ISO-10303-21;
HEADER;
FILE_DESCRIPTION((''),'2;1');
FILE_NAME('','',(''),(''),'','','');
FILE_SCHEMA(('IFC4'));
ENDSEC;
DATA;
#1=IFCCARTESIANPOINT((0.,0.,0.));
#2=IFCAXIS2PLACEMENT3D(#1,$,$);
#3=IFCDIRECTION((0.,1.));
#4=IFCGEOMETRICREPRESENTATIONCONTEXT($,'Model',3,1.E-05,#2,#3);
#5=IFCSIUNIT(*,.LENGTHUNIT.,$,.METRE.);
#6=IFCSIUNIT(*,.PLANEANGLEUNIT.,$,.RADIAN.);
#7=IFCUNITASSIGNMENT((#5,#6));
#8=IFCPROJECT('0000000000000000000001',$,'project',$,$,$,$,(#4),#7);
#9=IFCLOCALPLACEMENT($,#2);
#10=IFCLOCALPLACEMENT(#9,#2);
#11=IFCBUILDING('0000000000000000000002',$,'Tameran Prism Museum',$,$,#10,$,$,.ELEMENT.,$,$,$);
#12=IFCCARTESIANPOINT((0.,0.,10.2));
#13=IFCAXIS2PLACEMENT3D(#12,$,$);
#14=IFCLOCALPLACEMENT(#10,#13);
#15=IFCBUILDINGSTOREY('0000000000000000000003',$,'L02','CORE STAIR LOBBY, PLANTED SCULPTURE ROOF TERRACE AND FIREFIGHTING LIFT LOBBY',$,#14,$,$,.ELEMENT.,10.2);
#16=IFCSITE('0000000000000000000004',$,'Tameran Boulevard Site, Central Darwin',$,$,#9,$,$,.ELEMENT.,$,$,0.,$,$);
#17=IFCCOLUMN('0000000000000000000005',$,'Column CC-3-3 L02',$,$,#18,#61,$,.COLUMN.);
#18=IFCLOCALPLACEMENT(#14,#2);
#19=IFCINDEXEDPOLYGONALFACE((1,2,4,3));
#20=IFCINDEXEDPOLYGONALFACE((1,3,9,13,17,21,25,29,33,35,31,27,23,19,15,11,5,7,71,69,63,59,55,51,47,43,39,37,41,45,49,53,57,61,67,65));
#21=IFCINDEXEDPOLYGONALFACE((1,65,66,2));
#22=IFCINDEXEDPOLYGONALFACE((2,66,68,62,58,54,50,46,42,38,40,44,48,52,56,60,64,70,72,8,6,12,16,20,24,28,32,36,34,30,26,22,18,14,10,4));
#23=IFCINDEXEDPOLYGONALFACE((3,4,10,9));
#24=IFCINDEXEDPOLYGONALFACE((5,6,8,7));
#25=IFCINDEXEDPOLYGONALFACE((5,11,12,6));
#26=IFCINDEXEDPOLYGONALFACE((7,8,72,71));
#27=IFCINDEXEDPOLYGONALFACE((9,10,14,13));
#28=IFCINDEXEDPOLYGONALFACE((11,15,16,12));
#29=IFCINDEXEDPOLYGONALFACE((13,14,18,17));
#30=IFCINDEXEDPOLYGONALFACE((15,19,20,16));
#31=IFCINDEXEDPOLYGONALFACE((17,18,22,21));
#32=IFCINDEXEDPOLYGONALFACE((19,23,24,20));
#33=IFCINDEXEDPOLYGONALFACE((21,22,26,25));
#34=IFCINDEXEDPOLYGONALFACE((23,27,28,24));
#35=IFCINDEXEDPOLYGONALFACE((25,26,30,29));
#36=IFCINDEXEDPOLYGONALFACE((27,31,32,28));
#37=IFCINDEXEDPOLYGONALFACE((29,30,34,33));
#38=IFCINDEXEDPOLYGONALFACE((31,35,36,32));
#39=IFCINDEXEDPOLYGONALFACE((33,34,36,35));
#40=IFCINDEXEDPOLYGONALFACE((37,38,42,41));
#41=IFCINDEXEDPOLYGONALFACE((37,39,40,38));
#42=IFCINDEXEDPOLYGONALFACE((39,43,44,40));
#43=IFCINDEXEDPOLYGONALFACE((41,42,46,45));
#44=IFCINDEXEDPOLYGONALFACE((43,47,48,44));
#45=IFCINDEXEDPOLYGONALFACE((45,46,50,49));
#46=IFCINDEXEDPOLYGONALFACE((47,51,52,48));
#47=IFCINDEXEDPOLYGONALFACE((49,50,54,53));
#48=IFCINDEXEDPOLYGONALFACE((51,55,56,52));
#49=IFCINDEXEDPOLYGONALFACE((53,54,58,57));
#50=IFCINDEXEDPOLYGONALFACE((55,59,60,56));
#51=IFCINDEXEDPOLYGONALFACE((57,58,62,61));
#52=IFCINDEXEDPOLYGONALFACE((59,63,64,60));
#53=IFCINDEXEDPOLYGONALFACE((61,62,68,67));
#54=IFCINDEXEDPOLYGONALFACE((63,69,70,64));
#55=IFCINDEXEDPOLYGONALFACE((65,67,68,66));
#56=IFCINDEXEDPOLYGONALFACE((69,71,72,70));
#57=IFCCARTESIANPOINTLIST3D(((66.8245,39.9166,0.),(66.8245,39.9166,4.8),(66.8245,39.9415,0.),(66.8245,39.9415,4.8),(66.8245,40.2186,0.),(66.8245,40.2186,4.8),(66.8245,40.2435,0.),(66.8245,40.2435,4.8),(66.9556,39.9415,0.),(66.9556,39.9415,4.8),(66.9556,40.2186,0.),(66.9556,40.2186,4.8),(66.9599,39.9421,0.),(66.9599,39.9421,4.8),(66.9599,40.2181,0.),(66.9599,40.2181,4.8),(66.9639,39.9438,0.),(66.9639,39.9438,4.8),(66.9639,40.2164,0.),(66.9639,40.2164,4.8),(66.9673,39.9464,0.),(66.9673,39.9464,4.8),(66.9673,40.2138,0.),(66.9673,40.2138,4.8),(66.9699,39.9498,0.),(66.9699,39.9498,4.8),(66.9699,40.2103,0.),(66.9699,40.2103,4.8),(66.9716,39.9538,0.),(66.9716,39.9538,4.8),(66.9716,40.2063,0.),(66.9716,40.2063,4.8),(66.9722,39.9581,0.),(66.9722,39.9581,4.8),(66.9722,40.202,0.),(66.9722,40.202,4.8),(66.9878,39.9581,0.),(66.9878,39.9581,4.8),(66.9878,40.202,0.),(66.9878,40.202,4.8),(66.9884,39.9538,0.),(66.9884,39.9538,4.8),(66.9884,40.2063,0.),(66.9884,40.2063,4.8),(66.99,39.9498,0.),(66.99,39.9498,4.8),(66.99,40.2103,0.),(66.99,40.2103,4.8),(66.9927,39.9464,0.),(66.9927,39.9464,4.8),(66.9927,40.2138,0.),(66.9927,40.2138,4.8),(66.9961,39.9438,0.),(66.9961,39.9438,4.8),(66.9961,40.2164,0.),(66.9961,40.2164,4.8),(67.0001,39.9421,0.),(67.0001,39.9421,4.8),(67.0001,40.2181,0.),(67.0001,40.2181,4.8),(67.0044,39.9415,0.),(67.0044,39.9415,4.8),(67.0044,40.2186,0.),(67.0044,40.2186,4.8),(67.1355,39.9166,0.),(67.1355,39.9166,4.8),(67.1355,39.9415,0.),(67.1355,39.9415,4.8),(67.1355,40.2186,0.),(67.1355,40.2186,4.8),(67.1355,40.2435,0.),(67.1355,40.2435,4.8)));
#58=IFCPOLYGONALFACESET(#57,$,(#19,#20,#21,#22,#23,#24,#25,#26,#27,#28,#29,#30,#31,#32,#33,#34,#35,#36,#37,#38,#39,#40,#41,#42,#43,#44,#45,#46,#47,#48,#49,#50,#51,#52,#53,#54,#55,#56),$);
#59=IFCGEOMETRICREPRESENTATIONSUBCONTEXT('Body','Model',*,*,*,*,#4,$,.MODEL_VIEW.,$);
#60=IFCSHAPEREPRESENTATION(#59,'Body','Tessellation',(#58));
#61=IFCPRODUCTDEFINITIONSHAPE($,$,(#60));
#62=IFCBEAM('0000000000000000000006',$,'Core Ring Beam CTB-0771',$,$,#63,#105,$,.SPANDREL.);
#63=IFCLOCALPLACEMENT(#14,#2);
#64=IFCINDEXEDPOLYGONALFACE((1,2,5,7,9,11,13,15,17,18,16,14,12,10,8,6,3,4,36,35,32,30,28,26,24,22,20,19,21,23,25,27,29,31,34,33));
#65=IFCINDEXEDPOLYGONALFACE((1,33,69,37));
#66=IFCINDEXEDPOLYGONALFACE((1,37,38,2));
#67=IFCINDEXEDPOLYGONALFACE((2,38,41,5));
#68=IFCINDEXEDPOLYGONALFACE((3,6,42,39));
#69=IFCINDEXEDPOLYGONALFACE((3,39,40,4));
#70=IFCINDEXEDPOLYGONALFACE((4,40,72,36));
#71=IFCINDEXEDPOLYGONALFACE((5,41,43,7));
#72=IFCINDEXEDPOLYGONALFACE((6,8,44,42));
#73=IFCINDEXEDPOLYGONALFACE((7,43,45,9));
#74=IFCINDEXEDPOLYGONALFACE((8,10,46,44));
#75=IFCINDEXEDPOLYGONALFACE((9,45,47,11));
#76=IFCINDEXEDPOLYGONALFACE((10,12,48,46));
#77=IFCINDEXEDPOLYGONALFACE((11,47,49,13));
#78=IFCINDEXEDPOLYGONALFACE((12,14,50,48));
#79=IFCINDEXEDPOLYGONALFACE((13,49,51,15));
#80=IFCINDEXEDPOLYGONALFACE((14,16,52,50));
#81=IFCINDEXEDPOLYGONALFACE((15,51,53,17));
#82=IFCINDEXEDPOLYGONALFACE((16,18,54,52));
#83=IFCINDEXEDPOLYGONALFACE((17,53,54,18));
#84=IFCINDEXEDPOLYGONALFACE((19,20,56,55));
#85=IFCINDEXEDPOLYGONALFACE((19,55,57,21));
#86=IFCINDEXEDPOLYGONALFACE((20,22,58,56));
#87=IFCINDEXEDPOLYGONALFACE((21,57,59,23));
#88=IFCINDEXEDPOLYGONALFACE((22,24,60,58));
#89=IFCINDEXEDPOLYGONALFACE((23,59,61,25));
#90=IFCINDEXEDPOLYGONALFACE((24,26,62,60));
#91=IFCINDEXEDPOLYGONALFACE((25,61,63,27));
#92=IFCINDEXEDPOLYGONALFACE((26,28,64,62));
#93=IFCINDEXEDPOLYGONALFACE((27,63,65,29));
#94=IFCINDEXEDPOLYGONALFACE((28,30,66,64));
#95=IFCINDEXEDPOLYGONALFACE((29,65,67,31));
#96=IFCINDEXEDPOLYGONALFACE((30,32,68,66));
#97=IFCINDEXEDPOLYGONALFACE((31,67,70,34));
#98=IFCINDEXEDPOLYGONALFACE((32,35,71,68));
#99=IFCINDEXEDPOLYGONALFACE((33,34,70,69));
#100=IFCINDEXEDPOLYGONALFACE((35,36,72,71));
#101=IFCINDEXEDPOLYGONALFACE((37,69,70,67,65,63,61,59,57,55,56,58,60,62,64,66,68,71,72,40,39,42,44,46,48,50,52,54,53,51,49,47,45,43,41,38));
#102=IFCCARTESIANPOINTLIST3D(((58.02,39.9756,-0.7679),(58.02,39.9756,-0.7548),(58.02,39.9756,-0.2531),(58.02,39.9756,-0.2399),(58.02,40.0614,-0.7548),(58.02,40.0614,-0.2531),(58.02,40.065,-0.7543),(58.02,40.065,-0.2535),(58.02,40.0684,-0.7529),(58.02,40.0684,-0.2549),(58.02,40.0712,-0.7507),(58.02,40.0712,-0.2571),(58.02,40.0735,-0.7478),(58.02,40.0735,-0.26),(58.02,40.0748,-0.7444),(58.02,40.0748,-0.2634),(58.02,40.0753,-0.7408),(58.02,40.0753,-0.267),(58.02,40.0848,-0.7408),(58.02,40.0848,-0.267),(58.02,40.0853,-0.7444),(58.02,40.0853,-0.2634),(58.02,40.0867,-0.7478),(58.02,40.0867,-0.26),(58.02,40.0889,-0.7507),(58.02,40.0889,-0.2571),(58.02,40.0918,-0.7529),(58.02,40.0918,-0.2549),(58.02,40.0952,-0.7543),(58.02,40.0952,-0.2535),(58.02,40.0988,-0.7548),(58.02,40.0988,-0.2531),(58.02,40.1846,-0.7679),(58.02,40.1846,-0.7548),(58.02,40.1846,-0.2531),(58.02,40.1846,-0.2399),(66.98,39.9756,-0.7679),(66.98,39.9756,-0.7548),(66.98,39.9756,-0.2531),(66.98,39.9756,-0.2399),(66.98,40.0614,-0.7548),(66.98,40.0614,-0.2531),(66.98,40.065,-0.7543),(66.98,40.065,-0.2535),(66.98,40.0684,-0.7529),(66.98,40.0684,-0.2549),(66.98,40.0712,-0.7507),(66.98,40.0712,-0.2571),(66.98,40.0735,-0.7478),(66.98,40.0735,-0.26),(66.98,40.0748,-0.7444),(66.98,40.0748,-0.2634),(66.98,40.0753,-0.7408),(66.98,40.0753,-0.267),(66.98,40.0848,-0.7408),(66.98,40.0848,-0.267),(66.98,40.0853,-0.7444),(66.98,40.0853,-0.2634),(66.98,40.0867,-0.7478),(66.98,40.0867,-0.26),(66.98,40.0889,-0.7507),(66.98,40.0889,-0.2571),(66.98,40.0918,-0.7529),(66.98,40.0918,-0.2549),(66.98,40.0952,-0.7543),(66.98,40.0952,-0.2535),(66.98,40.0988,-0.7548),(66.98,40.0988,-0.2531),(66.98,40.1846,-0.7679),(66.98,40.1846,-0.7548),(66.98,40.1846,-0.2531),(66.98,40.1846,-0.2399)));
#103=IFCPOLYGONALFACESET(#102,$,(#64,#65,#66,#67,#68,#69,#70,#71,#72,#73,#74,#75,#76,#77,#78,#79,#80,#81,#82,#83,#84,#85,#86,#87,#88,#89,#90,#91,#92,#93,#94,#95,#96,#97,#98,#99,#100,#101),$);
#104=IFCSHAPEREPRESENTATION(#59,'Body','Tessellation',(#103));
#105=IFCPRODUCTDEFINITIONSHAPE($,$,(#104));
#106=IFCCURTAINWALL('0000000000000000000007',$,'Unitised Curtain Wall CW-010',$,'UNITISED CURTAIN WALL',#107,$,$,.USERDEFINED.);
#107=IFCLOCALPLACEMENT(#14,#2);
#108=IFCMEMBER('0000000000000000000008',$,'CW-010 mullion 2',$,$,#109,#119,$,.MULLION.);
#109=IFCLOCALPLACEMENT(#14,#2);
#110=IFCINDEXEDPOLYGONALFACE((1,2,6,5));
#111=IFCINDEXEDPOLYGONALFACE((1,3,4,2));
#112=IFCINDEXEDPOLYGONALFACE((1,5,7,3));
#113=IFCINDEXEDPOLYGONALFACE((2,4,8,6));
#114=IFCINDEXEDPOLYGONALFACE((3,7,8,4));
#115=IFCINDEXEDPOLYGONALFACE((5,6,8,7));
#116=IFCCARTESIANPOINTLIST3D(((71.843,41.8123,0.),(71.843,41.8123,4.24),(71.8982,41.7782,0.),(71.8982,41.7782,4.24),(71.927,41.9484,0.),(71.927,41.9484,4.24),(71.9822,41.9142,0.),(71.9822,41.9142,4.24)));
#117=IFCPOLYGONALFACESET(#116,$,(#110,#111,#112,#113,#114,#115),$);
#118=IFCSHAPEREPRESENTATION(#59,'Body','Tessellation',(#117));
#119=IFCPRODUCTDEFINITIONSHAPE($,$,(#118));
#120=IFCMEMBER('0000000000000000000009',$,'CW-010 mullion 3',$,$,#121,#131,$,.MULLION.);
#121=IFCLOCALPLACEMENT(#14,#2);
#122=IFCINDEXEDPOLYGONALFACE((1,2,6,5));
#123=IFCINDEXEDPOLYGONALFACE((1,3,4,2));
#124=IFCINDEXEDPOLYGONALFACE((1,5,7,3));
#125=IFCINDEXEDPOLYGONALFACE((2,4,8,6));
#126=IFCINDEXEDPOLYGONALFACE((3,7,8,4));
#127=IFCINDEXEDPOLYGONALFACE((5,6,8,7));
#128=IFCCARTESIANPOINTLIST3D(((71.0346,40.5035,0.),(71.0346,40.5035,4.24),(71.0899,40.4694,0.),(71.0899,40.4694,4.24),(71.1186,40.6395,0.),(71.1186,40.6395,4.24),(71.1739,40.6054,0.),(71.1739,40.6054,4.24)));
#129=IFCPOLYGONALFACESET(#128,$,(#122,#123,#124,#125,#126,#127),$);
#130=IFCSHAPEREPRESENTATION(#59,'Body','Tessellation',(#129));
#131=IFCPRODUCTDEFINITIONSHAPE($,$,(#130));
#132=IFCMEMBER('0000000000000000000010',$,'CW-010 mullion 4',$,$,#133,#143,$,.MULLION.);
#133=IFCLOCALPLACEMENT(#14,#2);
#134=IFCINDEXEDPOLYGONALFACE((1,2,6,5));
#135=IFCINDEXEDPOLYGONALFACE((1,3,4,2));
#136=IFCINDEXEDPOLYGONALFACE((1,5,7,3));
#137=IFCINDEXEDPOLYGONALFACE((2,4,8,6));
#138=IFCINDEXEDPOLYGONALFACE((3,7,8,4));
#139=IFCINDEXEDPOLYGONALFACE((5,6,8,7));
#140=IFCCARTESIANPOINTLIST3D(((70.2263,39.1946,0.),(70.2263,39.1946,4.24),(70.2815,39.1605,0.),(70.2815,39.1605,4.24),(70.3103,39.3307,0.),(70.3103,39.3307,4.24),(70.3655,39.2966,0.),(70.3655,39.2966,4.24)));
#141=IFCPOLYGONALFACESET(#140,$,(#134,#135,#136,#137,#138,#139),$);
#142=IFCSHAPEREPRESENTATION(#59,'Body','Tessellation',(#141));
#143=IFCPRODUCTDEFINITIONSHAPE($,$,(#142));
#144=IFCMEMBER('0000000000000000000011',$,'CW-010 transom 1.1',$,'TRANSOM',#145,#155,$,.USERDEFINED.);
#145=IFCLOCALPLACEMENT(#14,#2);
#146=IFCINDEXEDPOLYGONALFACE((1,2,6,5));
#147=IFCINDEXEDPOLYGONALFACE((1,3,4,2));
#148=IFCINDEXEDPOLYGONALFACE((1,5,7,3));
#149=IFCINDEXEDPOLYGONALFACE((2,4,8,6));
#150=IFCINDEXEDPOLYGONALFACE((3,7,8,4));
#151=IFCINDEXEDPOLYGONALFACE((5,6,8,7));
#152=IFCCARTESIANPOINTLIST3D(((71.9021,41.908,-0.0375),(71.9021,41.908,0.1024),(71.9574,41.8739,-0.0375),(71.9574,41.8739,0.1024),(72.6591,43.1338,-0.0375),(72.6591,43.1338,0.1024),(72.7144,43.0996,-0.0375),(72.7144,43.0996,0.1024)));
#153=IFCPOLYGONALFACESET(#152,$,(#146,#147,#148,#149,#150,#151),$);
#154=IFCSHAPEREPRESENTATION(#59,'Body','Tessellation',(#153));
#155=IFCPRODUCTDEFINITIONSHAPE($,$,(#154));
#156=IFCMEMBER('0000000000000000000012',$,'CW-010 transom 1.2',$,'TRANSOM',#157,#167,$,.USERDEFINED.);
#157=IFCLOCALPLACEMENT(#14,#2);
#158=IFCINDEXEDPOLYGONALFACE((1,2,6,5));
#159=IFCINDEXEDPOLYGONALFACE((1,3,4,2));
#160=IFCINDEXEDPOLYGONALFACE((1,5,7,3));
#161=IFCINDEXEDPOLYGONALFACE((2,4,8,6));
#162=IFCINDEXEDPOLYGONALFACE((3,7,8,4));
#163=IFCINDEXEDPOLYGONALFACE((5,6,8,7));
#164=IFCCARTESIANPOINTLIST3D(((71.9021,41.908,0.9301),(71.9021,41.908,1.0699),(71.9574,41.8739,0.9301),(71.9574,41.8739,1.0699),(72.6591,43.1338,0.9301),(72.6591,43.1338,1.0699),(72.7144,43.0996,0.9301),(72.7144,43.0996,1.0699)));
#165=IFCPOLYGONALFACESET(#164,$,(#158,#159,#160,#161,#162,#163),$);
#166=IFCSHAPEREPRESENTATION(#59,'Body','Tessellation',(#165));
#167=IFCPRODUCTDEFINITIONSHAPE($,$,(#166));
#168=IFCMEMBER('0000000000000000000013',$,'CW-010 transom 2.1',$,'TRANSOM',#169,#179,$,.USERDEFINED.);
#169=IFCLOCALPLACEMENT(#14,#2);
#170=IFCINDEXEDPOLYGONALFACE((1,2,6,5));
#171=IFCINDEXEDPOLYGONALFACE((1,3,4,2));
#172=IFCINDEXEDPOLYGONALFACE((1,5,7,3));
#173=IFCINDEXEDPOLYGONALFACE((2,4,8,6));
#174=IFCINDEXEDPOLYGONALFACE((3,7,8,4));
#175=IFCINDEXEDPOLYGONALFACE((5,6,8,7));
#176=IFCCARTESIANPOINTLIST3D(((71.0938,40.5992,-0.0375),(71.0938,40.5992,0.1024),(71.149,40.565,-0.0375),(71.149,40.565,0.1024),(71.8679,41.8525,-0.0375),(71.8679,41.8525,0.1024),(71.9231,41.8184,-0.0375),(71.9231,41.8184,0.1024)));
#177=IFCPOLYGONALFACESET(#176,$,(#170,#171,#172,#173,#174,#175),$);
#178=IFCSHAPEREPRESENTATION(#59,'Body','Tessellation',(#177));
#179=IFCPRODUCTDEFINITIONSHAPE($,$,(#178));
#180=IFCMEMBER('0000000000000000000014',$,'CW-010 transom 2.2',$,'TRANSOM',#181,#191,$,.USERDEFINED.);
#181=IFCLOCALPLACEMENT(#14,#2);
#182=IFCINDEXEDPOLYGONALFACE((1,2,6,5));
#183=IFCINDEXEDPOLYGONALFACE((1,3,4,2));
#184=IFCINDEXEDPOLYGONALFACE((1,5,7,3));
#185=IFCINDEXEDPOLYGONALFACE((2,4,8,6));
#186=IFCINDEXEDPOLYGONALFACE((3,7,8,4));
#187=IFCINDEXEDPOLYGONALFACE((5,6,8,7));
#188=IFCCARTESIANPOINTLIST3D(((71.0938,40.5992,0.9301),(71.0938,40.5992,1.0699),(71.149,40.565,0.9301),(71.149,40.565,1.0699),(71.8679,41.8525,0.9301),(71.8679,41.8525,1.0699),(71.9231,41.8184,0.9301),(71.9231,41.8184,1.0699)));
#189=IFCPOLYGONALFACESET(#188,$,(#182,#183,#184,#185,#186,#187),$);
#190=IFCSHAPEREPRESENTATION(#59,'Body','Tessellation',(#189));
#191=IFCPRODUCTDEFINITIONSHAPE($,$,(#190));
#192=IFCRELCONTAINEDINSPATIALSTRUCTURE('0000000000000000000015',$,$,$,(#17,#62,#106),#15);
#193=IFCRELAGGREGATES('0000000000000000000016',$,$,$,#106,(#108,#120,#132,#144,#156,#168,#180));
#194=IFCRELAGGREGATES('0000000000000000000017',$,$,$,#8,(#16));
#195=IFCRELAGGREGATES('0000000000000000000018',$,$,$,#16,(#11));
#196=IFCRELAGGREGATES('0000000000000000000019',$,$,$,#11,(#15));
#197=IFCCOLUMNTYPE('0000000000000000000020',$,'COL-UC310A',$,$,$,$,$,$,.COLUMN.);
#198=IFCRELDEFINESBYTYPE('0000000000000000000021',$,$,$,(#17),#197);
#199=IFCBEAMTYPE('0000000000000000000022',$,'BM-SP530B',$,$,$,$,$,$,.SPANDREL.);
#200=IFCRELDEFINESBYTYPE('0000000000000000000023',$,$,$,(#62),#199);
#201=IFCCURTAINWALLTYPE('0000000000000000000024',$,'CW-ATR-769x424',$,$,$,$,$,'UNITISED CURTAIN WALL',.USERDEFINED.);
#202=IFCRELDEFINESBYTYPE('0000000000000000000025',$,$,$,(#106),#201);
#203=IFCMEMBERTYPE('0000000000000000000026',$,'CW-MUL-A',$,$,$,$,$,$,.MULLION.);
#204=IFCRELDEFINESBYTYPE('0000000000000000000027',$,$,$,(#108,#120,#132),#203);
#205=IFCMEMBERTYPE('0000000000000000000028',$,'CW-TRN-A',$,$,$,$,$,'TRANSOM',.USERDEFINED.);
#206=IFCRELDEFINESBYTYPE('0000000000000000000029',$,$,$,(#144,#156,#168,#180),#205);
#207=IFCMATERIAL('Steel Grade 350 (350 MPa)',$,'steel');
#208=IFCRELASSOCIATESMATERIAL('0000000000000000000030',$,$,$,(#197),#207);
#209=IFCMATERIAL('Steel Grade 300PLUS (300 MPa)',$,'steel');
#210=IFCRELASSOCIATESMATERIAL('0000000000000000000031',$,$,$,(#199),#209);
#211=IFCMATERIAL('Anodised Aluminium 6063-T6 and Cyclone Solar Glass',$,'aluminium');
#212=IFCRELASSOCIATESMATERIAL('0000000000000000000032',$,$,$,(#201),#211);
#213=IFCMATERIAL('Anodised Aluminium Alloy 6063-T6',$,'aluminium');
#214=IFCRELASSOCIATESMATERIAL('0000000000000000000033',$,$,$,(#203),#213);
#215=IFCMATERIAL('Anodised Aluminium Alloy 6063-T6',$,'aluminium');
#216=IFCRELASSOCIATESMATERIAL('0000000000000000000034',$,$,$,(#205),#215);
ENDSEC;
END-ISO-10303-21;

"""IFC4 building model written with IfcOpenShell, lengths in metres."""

from ifc_helpers import new_model, si_unit, direction, frame, origin, origin_2d, place, context, subcontext, project, spatial, rectangle, i_section, extrude, material, material_profile, profile_set, type_object, element, aggregate, save


model = new_model("IFC4")

# Units and contexts
model_context = context("Model", 3, precision=1e-05, world=origin(), true_north=direction((0.0, 1.0)))
body_context = subcontext(model_context, "Body", "Model", "MODEL_VIEW")
ifc_project = project(units=[si_unit("LENGTHUNIT", "METRE"), si_unit("PLANEANGLEUNIT", "RADIAN")], contexts=[model_context])

# Site, building, storey
site_placement = place(None, origin())
site = spatial("IfcSite", under=ifc_project, at=site_placement, Name="Tameran Boulevard Site, Central Darwin", CompositionType="ELEMENT", RefElevation=0.0)
building_placement = place(site_placement, origin())
building = spatial("IfcBuilding", under=site, at=building_placement, Name="Tameran Prism Museum", CompositionType="ELEMENT")
storey_placement = place(building_placement, frame((0.0, 0.0, 10.2)))
storey = spatial("IfcBuildingStorey", under=building, at=storey_placement, Name="L02", Description="CORE STAIR LOBBY, PLANTED SCULPTURE ROOF TERRACE AND FIREFIGHTING LIFT LOBBY", CompositionType="ELEMENT", Elevation=10.2)

# Column
ifc_material_1 = material(Name="Steel Grade 350 (350 MPa)", Category="steel")
ifc_material_profile_1 = material_profile(ifc_material_1, i_section(OverallWidth=0.311, OverallDepth=0.3269, WebThickness=0.0156, FlangeThickness=0.0249, FilletRadius=0.0166, at=origin_2d()))
ifc_profile_set_1 = profile_set([ifc_material_profile_1])
column_type = type_object("IfcColumnType", Name="COL-UC310A", PredefinedType="COLUMN", material=ifc_profile_set_1)
column_placement = place(storey_placement, frame((66.98, 40.0801, 0.0), z_axis=(0.0, 0.0, 1.0), x_axis=(1.0, 0.0, 0.0)))
element("IfcColumn", 1, at=column_placement, inside=storey, type_object=column_type, Name="Column CC-3-3 L02", PredefinedType="COLUMN", context=body_context, shape_type="SweptSolid", body=[
    extrude(i_section(OverallWidth=0.311, OverallDepth=0.3269, WebThickness=0.0156, FlangeThickness=0.0249, FilletRadius=0.0166, at=origin_2d()), origin(), (0.0, 0.0, 1.0), 4.8),
])

# Beam
ifc_material_2 = material(Name="Steel Grade 300PLUS (300 MPa)", Category="steel")
ifc_material_profile_2 = material_profile(ifc_material_2, i_section(OverallWidth=0.209, OverallDepth=0.5281, WebThickness=0.0095, FlangeThickness=0.0132, FilletRadius=0.0139, at=origin_2d()))
ifc_profile_set_2 = profile_set([ifc_material_profile_2])
beam_type = type_object("IfcBeamType", Name="BM-SP530B", PredefinedType="SPANDREL", material=ifc_profile_set_2)
beam_placement = place(storey_placement, frame((66.98, 40.0801, -0.5039), z_axis=(-1.0, 0.0, 0.0), x_axis=(0.0, -1.0, 0.0)))
element("IfcBeam", 2, at=beam_placement, inside=storey, type_object=beam_type, Name="Core Ring Beam CTB-0771", PredefinedType="SPANDREL", context=body_context, shape_type="SweptSolid", body=[
    extrude(i_section(OverallWidth=0.209, OverallDepth=0.5281, WebThickness=0.0095, FlangeThickness=0.0132, FilletRadius=0.0139, at=origin_2d()), origin(), (0.0, 0.0, 1.0), 8.96),
])

# Curtain wall, members
ifc_material_3 = material(Name="Anodised Aluminium 6063-T6 and Cyclone Solar Glass", Category="aluminium")
curtain_wall_type = type_object("IfcCurtainWallType", Name="CW-ATR-769x424", ElementType="UNITISED CURTAIN WALL", PredefinedType="USERDEFINED", material=ifc_material_3)
curtain_wall_placement = place(storey_placement, origin())
curtain_wall = element("IfcCurtainWall", 3, at=curtain_wall_placement, inside=storey, type_object=curtain_wall_type, Name="Unitised Curtain Wall CW-010", ObjectType="UNITISED CURTAIN WALL", PredefinedType="USERDEFINED")
ifc_material_4 = material(Name="Anodised Aluminium Alloy 6063-T6", Category="aluminium")
ifc_material_profile_3 = material_profile(ifc_material_4, rectangle(XDim=0.0649, YDim=0.1599, at=origin_2d()))
ifc_profile_set_3 = profile_set([ifc_material_profile_3])
member_type_1 = type_object("IfcMemberType", Name="CW-MUL-A", PredefinedType="MULLION", material=ifc_profile_set_3)
member_1_placement = place(storey_placement, frame((71.9126, 41.8633, 0.0), z_axis=(0.0, 0.0, 1.0), x_axis=(0.850791, -0.525504, 0.0)))
member_1 = element("IfcMember", 4, at=member_1_placement, type_object=member_type_1, Name="CW-010 mullion 2", PredefinedType="MULLION", context=body_context, shape_type="SweptSolid", body=[
    extrude(rectangle(XDim=0.0649, YDim=0.1599, at=origin_2d()), origin(), (0.0, 0.0, 1.0), 4.24),
])
member_2_placement = place(storey_placement, frame((71.1042, 40.5544, 0.0), z_axis=(0.0, 0.0, 1.0), x_axis=(0.850791, -0.525504, 0.0)))
member_2 = element("IfcMember", 5, at=member_2_placement, type_object=member_type_1, Name="CW-010 mullion 3", PredefinedType="MULLION", context=body_context, shape_type="SweptSolid", body=[
    extrude(rectangle(XDim=0.0649, YDim=0.1599, at=origin_2d()), origin(), (0.0, 0.0, 1.0), 4.24),
])
member_3_placement = place(storey_placement, frame((70.2959, 39.2456, 0.0), z_axis=(0.0, 0.0, 1.0), x_axis=(0.850791, -0.525504, 0.0)))
member_3 = element("IfcMember", 6, at=member_3_placement, type_object=member_type_1, Name="CW-010 mullion 4", PredefinedType="MULLION", context=body_context, shape_type="SweptSolid", body=[
    extrude(rectangle(XDim=0.0649, YDim=0.1599, at=origin_2d()), origin(), (0.0, 0.0, 1.0), 4.24),
])
ifc_material_5 = material(Name="Anodised Aluminium Alloy 6063-T6", Category="aluminium")
ifc_material_profile_4 = material_profile(ifc_material_5, rectangle(XDim=0.0649, YDim=0.1399, at=origin_2d()))
ifc_profile_set_4 = profile_set([ifc_material_profile_4])
member_type_2 = type_object("IfcMemberType", Name="CW-TRN-A", ElementType="TRANSOM", PredefinedType="USERDEFINED", material=ifc_profile_set_4)
member_4_placement = place(storey_placement, frame((72.6868, 43.1167, 0.0325), z_axis=(-0.525468, -0.850814, 0.0), x_axis=(0.850814, -0.525468, 0.0)))
member_4 = element("IfcMember", 7, at=member_4_placement, type_object=member_type_2, Name="CW-010 transom 1.1", ObjectType="TRANSOM", PredefinedType="USERDEFINED", context=body_context, shape_type="SweptSolid", body=[
    extrude(rectangle(XDim=0.0649, YDim=0.1399, at=origin_2d()), origin(), (0.0, 0.0, 1.0), 1.4407),
])
member_5_placement = place(storey_placement, frame((72.6868, 43.1167, 1.0), z_axis=(-0.525468, -0.850814, 0.0), x_axis=(0.850814, -0.525468, 0.0)))
member_5 = element("IfcMember", 8, at=member_5_placement, type_object=member_type_2, Name="CW-010 transom 1.2", ObjectType="TRANSOM", PredefinedType="USERDEFINED", context=body_context, shape_type="SweptSolid", body=[
    extrude(rectangle(XDim=0.0649, YDim=0.1399, at=origin_2d()), origin(), (0.0, 0.0, 1.0), 1.4407),
])
member_6_placement = place(storey_placement, frame((71.8955, 41.8354, 0.0325), z_axis=(-0.525493, -0.850798, 0.0), x_axis=(0.850798, -0.525493, 0.0)))
member_6 = element("IfcMember", 9, at=member_6_placement, type_object=member_type_2, Name="CW-010 transom 2.1", ObjectType="TRANSOM", PredefinedType="USERDEFINED", context=body_context, shape_type="SweptSolid", body=[
    extrude(rectangle(XDim=0.0649, YDim=0.1399, at=origin_2d()), origin(), (0.0, 0.0, 1.0), 1.4731),
])
member_7_placement = place(storey_placement, frame((71.8955, 41.8354, 1.0), z_axis=(-0.525493, -0.850798, 0.0), x_axis=(0.850798, -0.525493, 0.0)))
member_7 = element("IfcMember", 10, at=member_7_placement, type_object=member_type_2, Name="CW-010 transom 2.2", ObjectType="TRANSOM", PredefinedType="USERDEFINED", context=body_context, shape_type="SweptSolid", body=[
    extrude(rectangle(XDim=0.0649, YDim=0.1399, at=origin_2d()), origin(), (0.0, 0.0, 1.0), 1.4731),
])
aggregate(curtain_wall, [member_1, member_2, member_3, member_4, member_5, member_6, member_7])

save(model, "model.ifc")
